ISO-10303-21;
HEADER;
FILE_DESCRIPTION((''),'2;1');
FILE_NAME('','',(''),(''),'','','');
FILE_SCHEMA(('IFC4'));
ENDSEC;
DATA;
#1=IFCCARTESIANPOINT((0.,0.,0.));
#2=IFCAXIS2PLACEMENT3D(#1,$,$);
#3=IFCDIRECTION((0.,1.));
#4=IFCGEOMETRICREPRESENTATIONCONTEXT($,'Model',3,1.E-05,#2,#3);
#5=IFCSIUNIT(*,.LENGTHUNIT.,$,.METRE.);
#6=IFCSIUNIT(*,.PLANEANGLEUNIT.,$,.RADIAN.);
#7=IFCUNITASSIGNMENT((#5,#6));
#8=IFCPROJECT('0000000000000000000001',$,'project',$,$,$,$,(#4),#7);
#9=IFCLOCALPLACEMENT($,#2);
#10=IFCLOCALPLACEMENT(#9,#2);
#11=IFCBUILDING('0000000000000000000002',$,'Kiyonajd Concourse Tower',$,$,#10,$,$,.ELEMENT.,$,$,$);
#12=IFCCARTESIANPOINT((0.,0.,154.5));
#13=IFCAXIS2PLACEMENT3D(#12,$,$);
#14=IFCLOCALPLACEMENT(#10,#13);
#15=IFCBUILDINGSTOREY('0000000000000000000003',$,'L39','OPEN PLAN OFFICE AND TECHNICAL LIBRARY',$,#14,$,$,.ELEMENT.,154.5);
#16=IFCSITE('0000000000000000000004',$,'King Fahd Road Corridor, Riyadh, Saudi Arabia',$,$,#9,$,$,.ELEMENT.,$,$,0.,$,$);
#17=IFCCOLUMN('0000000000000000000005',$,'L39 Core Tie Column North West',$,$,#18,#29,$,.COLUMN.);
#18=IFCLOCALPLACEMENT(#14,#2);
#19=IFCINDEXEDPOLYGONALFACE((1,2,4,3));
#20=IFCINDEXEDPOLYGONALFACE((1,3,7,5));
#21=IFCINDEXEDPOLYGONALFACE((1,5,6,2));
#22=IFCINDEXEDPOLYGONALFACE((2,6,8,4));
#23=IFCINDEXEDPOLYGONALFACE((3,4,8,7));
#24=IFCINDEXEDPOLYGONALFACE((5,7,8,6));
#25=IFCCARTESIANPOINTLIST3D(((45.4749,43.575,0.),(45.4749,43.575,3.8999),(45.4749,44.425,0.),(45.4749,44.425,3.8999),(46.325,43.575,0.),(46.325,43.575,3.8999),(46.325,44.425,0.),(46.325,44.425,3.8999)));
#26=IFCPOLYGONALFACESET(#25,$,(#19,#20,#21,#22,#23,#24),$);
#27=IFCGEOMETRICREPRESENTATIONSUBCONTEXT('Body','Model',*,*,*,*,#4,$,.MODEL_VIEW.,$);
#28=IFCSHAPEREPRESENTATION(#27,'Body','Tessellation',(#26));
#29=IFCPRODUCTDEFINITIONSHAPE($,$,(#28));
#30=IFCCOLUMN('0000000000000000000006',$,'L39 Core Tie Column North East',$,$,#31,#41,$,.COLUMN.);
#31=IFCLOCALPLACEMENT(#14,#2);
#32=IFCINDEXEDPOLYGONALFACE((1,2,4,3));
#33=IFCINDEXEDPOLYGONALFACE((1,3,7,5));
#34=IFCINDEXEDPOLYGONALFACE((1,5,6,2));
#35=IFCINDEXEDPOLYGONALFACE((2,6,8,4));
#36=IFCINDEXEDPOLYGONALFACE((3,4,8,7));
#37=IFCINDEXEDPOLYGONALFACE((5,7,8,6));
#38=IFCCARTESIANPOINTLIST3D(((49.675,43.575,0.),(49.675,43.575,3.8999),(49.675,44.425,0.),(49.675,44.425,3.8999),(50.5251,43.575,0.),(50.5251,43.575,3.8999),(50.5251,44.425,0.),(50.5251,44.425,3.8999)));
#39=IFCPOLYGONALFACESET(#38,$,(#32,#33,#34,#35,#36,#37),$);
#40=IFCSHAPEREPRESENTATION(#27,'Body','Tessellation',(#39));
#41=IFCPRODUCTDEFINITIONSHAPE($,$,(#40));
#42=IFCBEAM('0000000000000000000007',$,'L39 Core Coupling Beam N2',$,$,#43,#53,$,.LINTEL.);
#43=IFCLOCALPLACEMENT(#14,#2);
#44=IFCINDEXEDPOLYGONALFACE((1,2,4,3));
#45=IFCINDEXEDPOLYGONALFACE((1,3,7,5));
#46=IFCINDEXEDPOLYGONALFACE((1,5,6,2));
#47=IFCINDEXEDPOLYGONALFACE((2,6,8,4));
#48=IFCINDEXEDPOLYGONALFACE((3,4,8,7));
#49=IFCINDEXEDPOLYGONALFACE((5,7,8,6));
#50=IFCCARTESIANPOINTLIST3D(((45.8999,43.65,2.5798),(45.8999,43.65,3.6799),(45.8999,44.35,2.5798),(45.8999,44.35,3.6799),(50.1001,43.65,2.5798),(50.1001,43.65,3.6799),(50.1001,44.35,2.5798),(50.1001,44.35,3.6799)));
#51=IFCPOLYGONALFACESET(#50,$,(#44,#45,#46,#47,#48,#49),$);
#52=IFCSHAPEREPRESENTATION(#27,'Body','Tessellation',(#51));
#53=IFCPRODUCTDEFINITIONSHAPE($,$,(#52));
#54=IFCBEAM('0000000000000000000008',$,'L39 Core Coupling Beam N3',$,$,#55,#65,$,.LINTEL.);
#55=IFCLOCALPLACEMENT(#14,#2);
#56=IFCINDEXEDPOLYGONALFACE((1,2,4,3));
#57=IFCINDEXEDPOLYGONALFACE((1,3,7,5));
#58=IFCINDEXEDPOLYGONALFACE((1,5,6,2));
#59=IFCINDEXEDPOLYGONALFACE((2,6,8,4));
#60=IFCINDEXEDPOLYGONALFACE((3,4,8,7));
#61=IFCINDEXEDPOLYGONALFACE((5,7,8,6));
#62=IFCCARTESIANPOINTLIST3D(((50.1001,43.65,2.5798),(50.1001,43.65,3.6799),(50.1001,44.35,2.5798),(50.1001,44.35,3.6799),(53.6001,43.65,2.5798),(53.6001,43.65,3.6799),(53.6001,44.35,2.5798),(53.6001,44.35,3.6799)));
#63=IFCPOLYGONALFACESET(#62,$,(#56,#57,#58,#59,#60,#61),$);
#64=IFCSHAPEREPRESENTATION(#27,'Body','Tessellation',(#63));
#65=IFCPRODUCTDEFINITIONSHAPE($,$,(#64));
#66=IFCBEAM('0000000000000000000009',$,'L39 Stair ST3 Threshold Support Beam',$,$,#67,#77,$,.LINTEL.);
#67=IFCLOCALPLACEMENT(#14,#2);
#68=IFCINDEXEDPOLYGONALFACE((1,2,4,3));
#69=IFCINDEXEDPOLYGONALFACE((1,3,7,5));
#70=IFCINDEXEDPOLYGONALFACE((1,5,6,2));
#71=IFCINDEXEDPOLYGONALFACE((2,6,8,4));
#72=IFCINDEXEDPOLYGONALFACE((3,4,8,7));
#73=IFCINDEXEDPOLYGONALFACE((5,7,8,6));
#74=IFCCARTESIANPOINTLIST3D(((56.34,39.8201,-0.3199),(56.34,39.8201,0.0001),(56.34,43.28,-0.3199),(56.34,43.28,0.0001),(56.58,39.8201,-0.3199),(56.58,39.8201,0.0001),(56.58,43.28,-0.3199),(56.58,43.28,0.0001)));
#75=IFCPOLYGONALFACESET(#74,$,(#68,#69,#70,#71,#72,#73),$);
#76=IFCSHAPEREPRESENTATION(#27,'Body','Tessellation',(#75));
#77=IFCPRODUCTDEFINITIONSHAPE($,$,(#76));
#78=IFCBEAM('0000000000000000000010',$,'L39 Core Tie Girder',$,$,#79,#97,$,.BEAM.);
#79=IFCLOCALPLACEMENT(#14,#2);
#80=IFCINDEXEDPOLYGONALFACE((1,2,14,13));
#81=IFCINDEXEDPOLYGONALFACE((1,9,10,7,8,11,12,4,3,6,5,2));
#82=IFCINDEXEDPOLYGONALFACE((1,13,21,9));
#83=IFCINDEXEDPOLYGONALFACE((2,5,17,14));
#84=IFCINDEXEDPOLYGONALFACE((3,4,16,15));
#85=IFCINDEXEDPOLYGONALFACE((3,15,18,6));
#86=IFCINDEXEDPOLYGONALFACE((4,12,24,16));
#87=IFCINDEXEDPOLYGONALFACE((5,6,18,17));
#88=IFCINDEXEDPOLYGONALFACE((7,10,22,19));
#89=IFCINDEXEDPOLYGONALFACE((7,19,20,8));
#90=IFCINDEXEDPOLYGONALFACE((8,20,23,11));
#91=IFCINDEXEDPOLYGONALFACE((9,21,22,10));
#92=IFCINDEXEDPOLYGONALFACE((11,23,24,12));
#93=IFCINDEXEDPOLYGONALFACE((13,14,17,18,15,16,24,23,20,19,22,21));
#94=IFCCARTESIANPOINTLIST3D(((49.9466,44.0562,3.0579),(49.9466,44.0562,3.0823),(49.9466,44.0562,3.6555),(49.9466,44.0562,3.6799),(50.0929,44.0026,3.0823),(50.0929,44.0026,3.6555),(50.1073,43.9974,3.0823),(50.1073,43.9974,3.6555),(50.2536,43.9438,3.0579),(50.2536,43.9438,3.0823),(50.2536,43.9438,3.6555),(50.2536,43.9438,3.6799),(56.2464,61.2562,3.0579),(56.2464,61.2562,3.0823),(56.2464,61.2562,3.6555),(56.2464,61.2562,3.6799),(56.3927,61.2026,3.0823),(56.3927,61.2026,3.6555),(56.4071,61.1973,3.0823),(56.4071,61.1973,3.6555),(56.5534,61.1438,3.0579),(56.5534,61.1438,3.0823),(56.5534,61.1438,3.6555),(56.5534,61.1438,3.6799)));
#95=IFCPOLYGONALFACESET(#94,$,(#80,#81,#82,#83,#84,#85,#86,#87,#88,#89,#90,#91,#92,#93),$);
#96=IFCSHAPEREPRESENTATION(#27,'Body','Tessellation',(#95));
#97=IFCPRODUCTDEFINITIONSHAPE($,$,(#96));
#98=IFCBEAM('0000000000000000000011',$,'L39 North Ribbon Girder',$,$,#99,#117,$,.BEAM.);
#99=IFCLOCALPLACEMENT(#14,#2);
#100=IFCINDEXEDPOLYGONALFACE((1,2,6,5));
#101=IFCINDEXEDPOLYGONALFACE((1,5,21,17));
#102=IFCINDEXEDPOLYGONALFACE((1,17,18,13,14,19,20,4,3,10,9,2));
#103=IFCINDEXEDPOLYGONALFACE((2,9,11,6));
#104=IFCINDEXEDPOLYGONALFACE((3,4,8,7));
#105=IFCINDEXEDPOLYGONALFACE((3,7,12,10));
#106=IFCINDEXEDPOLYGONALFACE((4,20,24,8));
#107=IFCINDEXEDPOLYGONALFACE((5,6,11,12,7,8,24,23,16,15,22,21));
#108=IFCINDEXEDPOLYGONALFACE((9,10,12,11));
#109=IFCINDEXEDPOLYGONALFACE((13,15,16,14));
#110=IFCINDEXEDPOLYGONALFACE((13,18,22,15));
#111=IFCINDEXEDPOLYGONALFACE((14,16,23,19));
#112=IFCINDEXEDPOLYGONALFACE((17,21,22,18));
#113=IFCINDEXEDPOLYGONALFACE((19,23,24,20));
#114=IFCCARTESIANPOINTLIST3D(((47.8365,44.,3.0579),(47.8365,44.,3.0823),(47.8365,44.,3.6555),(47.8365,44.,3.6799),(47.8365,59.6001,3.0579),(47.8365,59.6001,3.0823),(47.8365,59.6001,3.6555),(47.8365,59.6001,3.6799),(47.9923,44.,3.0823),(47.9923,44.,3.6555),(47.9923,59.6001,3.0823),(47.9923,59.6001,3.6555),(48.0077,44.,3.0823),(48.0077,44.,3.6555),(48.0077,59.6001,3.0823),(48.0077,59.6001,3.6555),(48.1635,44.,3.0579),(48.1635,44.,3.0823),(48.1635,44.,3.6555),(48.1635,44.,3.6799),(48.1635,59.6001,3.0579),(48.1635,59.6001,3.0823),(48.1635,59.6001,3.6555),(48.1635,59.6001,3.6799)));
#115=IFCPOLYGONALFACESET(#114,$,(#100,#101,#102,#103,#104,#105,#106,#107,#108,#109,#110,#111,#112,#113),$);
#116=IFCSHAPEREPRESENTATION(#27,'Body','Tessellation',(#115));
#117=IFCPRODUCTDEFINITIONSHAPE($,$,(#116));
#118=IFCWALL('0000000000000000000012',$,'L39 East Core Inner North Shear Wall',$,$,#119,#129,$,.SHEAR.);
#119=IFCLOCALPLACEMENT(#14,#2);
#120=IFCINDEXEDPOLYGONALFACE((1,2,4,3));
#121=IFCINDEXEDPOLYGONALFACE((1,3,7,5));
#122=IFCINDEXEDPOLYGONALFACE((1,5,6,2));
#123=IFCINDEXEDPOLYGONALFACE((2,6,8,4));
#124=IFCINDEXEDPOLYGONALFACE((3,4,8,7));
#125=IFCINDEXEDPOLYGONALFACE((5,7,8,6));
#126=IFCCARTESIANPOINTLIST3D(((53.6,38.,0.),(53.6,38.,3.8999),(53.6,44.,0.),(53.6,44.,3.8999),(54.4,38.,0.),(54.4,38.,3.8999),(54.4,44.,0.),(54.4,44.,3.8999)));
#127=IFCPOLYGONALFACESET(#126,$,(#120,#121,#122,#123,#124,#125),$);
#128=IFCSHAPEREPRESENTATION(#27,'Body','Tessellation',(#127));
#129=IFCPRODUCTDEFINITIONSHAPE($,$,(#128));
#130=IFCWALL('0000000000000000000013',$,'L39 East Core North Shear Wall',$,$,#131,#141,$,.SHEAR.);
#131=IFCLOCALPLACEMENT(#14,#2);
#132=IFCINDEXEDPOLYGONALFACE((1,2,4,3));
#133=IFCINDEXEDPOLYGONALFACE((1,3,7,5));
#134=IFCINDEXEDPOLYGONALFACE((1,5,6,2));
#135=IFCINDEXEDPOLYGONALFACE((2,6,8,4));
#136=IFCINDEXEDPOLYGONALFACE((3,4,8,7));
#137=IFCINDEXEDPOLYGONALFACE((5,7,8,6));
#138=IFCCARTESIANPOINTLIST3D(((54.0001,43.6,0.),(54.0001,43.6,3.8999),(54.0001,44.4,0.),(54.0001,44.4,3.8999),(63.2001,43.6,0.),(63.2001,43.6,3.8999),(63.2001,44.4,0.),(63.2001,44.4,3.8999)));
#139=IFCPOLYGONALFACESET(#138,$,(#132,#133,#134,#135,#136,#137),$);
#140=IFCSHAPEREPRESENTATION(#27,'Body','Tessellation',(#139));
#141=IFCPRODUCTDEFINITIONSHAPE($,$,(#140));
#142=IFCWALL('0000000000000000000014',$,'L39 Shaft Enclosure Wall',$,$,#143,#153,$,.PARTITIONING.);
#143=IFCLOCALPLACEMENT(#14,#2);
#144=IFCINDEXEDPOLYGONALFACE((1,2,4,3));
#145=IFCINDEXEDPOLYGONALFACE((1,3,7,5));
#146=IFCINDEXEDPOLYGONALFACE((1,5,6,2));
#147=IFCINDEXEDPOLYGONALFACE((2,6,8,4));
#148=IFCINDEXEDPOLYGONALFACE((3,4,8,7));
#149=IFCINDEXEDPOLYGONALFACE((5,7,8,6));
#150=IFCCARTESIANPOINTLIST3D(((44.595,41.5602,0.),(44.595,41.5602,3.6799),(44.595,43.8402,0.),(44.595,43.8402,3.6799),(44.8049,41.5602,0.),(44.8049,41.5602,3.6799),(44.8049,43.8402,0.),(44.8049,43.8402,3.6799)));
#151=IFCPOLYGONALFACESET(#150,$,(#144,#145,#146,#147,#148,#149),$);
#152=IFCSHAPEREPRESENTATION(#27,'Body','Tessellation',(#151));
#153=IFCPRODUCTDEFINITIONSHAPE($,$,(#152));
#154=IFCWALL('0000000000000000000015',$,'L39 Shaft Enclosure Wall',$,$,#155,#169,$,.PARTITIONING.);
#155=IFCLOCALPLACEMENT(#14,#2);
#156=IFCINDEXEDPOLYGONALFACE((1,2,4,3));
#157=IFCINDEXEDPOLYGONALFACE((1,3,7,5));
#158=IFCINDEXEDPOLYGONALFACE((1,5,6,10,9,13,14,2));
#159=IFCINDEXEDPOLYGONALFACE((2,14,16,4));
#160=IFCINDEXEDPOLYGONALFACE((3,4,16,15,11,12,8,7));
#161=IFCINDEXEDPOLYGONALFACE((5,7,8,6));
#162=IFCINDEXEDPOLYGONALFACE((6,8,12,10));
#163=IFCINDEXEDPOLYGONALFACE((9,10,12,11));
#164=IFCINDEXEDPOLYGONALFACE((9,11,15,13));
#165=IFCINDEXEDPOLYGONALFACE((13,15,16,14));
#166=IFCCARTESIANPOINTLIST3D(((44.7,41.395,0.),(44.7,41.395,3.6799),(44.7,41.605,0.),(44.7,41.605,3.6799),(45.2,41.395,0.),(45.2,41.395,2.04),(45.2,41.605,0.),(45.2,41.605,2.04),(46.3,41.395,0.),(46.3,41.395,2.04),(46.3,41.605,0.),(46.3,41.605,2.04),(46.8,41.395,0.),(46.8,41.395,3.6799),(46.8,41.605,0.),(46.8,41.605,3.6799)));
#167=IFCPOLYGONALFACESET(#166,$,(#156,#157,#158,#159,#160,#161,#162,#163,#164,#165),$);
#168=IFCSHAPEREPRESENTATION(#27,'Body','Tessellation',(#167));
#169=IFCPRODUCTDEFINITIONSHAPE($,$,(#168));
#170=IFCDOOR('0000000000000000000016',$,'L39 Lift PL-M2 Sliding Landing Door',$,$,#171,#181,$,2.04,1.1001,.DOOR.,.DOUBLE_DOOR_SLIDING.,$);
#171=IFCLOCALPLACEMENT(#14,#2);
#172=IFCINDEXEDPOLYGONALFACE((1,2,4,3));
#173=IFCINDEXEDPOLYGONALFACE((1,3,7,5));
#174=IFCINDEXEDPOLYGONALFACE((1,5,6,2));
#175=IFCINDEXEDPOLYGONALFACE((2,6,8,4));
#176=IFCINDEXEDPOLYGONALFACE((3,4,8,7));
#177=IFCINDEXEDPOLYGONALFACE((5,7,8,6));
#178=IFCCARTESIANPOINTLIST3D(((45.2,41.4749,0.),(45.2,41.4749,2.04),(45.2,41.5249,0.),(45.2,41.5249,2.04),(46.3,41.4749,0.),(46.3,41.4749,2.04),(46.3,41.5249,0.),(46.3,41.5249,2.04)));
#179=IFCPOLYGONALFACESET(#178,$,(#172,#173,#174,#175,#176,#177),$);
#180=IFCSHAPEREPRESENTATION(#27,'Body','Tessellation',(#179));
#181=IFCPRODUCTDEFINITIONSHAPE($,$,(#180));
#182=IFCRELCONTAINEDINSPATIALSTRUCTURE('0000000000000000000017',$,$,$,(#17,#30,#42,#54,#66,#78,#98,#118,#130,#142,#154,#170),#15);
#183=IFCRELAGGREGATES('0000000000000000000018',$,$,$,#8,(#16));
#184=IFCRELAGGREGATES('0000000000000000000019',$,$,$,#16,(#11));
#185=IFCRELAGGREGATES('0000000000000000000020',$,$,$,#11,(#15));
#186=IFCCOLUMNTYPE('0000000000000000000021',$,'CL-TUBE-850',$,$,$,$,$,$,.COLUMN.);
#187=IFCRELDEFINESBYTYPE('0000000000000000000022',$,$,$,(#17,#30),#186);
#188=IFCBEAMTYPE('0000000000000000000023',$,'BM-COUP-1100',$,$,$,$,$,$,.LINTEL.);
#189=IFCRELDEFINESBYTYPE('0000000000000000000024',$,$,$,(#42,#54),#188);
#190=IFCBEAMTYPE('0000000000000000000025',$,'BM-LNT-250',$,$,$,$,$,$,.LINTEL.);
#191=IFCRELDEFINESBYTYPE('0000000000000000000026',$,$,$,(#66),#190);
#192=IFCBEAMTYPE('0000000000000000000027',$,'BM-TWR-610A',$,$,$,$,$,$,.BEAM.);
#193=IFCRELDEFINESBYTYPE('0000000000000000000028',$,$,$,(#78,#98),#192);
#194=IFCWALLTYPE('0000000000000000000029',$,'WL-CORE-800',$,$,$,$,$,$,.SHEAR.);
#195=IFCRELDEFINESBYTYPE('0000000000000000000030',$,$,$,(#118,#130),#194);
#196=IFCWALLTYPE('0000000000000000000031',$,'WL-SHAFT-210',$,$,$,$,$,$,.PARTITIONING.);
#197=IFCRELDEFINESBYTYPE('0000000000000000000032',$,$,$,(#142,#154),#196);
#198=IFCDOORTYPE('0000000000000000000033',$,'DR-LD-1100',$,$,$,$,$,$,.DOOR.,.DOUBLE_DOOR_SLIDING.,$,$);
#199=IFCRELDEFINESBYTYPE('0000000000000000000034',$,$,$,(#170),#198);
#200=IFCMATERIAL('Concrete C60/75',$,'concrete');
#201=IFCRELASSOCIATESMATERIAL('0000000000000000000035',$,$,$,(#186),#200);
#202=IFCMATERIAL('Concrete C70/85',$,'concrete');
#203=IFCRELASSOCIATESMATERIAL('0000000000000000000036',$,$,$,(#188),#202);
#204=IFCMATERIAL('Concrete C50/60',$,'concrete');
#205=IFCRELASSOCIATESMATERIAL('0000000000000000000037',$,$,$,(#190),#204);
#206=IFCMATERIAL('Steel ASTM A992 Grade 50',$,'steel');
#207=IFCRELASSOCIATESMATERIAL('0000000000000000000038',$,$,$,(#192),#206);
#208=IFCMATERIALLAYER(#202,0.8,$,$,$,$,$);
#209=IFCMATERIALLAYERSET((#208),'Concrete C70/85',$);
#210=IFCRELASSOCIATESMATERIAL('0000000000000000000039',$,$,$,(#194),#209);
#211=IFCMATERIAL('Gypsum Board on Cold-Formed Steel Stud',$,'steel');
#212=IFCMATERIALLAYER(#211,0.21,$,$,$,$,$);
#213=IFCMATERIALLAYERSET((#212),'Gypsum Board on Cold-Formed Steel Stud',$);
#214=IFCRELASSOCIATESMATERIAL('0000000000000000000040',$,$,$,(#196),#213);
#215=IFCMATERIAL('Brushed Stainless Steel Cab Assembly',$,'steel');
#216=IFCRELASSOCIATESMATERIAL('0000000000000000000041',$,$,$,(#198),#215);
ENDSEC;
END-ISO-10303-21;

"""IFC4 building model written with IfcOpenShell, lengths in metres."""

from ifc_helpers import new_model, si_unit, direction, frame, frame_2d, origin, origin_2d, place, context, subcontext, project, spatial, rectangle, i_section, extrude, material, layer, layer_set, material_profile, profile_set, type_object, element, fill, save


model = new_model("IFC4")

# Units and contexts
model_context = context("Model", 3, precision=1e-05, world=origin(), true_north=direction((0.0, 1.0)))
body_context = subcontext(model_context, "Body", "Model", "MODEL_VIEW")
ifc_project = project(units=[si_unit("LENGTHUNIT", "METRE"), si_unit("PLANEANGLEUNIT", "RADIAN")], contexts=[model_context])

# Site, building, storey
site_placement = place(None, origin())
site = spatial("IfcSite", under=ifc_project, at=site_placement, Name="King Fahd Road Corridor, Riyadh, Saudi Arabia", CompositionType="ELEMENT", RefElevation=0.0)
building_placement = place(site_placement, origin())
building = spatial("IfcBuilding", under=site, at=building_placement, Name="Kiyonajd Concourse Tower", CompositionType="ELEMENT")
storey_placement = place(building_placement, frame((0.0, 0.0, 154.5)))
storey = spatial("IfcBuildingStorey", under=building, at=storey_placement, Name="L39", Description="OPEN PLAN OFFICE AND TECHNICAL LIBRARY", CompositionType="ELEMENT", Elevation=154.5)

# Columns
ifc_material_1 = material(Name="Concrete C60/75", Category="concrete")
ifc_material_profile_1 = material_profile(ifc_material_1, rectangle(XDim=0.8501, YDim=0.8501, at=origin_2d()), Name="RC-850x850")
ifc_profile_set_1 = profile_set([ifc_material_profile_1], Name="Concrete C60/75")
column_type = type_object("IfcColumnType", Name="CL-TUBE-850", PredefinedType="COLUMN", material=ifc_profile_set_1)
for number, where, z_axis, x_axis, name in (
    (1, (45.8999, 44.0, 0.0), (0.0, 0.0, 1.0), (1.0, 0.0, 0.0), "L39 Core Tie Column North West"),
    (2, (50.1001, 44.0, 0.0), (0.0, 0.0, 1.0), (1.0, 0.0, 0.0), "L39 Core Tie Column North East"),
):
    element("IfcColumn", number, at=place(storey_placement, frame(where, z_axis=z_axis, x_axis=x_axis)), inside=storey, type_object=column_type, Name=name, PredefinedType="COLUMN", context=body_context, shape_type="SweptSolid", body=[
        extrude(rectangle(XDim=0.8501, YDim=0.8501, at=origin_2d()), origin(), (0.0, 0.0, 1.0), 3.8999),
    ])

# Beams
ifc_material_2 = material(Name="Concrete C70/85", Category="concrete")
ifc_material_profile_2 = material_profile(ifc_material_2, rectangle(XDim=0.7, YDim=1.1001, at=origin_2d()), Name="RCBM-700x1100")
ifc_profile_set_2 = profile_set([ifc_material_profile_2], Name="Concrete C70/85")
beam_type_1 = type_object("IfcBeamType", Name="BM-COUP-1100", PredefinedType="LINTEL", material=ifc_profile_set_2)
beam_1_placement = place(storey_placement, frame((45.8999, 44.0, 3.1299), z_axis=(1.0, 0.0, 0.0), x_axis=(0.0, 1.0, 0.0)))
element("IfcBeam", 3, at=beam_1_placement, inside=storey, type_object=beam_type_1, Name="L39 Core Coupling Beam N2", PredefinedType="LINTEL", context=body_context, shape_type="SweptSolid", body=[
    extrude(rectangle(XDim=0.7, YDim=1.1001, at=origin_2d()), origin(), (0.0, 0.0, 1.0), 4.2002),
])
beam_2_placement = place(storey_placement, frame((50.1001, 44.0, 3.1299), z_axis=(1.0, 0.0, 0.0), x_axis=(0.0, 1.0, 0.0)))
element("IfcBeam", 4, at=beam_2_placement, inside=storey, type_object=beam_type_1, Name="L39 Core Coupling Beam N3", PredefinedType="LINTEL", context=body_context, shape_type="SweptSolid", body=[
    extrude(rectangle(XDim=0.7, YDim=1.1001, at=origin_2d()), origin(), (0.0, 0.0, 1.0), 3.5),
])
ifc_material_3 = material(Name="Concrete C50/60", Category="concrete")
ifc_material_profile_3 = material_profile(ifc_material_3, rectangle(XDim=0.24, YDim=0.3201, at=origin_2d()), Name="RCBM-240x320")
ifc_profile_set_3 = profile_set([ifc_material_profile_3], Name="Concrete C50/60")
beam_type_2 = type_object("IfcBeamType", Name="BM-LNT-250", PredefinedType="LINTEL", material=ifc_profile_set_3)
beam_3_placement = place(storey_placement, frame((56.46, 39.8201, -0.1599), z_axis=(0.0, 1.0, 0.0), x_axis=(-1.0, 0.0, 0.0)))
element("IfcBeam", 5, at=beam_3_placement, inside=storey, type_object=beam_type_2, Name="L39 Stair ST3 Threshold Support Beam", PredefinedType="LINTEL", context=body_context, shape_type="SweptSolid", body=[
    extrude(rectangle(XDim=0.24, YDim=0.3201, at=origin_2d()), origin(), (0.0, 0.0, 1.0), 3.46),
])
ifc_material_4 = material(Name="Steel ASTM A992 Grade 50", Category="steel")
ifc_material_profile_4 = material_profile(ifc_material_4, i_section(OverallWidth=0.3269, OverallDepth=0.6221, WebThickness=0.0154, FlangeThickness=0.0244, at=origin_2d()), Name="W610X195")
ifc_profile_set_4 = profile_set([ifc_material_profile_4], Name="Steel ASTM A992 Grade 50")
beam_type_3 = type_object("IfcBeamType", Name="BM-TWR-610A", PredefinedType="BEAM", material=ifc_profile_set_4)
beam_4_placement = place(storey_placement, frame((50.1001, 44.0, 3.3689), z_axis=(0.343925, 0.938997, 0.0), x_axis=(-0.938997, 0.343925, 0.0)))
element("IfcBeam", 6, at=beam_4_placement, inside=storey, type_object=beam_type_3, Name="L39 Core Tie Girder", PredefinedType="BEAM", context=body_context, shape_type="SweptSolid", body=[
    extrude(i_section(OverallWidth=0.3269, OverallDepth=0.6221, WebThickness=0.0154, FlangeThickness=0.0244, at=origin_2d()), origin(), (0.0, 0.0, 1.0), 18.3174),
])
beam_5_placement = place(storey_placement, frame((48.0, 44.0, 3.3689), z_axis=(0.0, 1.0, 0.0), x_axis=(-1.0, 0.0, 0.0)))
element("IfcBeam", 7, at=beam_5_placement, inside=storey, type_object=beam_type_3, Name="L39 North Ribbon Girder", PredefinedType="BEAM", context=body_context, shape_type="SweptSolid", body=[
    extrude(i_section(OverallWidth=0.3269, OverallDepth=0.6221, WebThickness=0.0154, FlangeThickness=0.0244, at=origin_2d()), origin(), (0.0, 0.0, 1.0), 15.6001),
])

# Walls
ifc_layer_1 = layer(ifc_material_2, 0.8)
ifc_layer_set_1 = layer_set([ifc_layer_1], Name="Concrete C70/85")
wall_type_1 = type_object("IfcWallType", Name="WL-CORE-800", PredefinedType="SHEAR", material=ifc_layer_set_1)
wall_1_placement = place(storey_placement, frame((54.0, 38.0, 0.0), z_axis=(0.0, 0.0, 1.0), x_axis=(0.0, 1.0, 0.0)))
element("IfcWall", 8, at=wall_1_placement, inside=storey, type_object=wall_type_1, Name="L39 East Core Inner North Shear Wall", PredefinedType="SHEAR", context=body_context, shape_type="SweptSolid", body=[
    extrude(rectangle(XDim=6.0, YDim=0.8, at=frame_2d((3.0, 0.0))), origin(), (0.0, 0.0, 1.0), 3.8999),
])
wall_2_placement = place(storey_placement, frame((54.0, 44.0, 0.0), z_axis=(0.0, 0.0, 1.0), x_axis=(1.0, 0.0, 0.0)))
element("IfcWall", 9, at=wall_2_placement, inside=storey, type_object=wall_type_1, Name="L39 East Core North Shear Wall", PredefinedType="SHEAR", context=body_context, shape_type="SweptSolid", body=[
    extrude(rectangle(XDim=9.2, YDim=0.8, at=frame_2d((4.6001, 0.0))), origin(), (0.0, 0.0, 1.0), 3.8999),
])
ifc_material_5 = material(Name="Gypsum Board on Cold-Formed Steel Stud", Category="steel")
ifc_layer_2 = layer(ifc_material_5, 0.21)
ifc_layer_set_2 = layer_set([ifc_layer_2], Name="Gypsum Board on Cold-Formed Steel Stud")
wall_type_2 = type_object("IfcWallType", Name="WL-SHAFT-210", PredefinedType="PARTITIONING", material=ifc_layer_set_2)
wall_3_placement = place(storey_placement, frame((44.7, 41.5601, 0.0), z_axis=(0.0, 0.0, 1.0), x_axis=(0.0, 1.0, 0.0)))
element("IfcWall", 10, at=wall_3_placement, inside=storey, type_object=wall_type_2, Name="L39 Shaft Enclosure Wall", PredefinedType="PARTITIONING", context=body_context, shape_type="SweptSolid", body=[
    extrude(rectangle(XDim=2.28, YDim=0.21, at=frame_2d((1.1401, 0.0))), origin(), (0.0, 0.0, 1.0), 3.6799),
])

# Wall, opening, door
wall_4_placement = place(storey_placement, frame((44.7, 41.5, 0.0), z_axis=(0.0, 0.0, 1.0), x_axis=(1.0, 0.0, 0.0)))
wall_4 = element("IfcWall", 11, at=wall_4_placement, inside=storey, type_object=wall_type_2, Name="L39 Shaft Enclosure Wall", PredefinedType="PARTITIONING", context=body_context, shape_type="SweptSolid", body=[
    extrude(rectangle(XDim=2.1001, YDim=0.21, at=frame_2d((1.05, 0.0))), origin(), (0.0, 0.0, 1.0), 3.6799),
])
opening_1_placement = place(wall_4_placement, frame((0.5, 0.0, 0.0)))
opening_1 = element("IfcOpeningElement", 12, at=opening_1_placement, cuts=wall_4, PredefinedType="OPENING", context=body_context, shape_type="SweptSolid", body=[
    extrude(rectangle(XDim=1.1001, YDim=2.04, at=frame_2d((0.55, 1.02))), frame((0.0, 0.115, 0.0), z_axis=(0.0, -1.0, 0.0), x_axis=(1.0, 0.0, 0.0)), (0.0, 0.0, 1.0), 0.23),
])
ifc_material_6 = material(Name="Brushed Stainless Steel Cab Assembly", Category="steel")
door_type_1 = type_object("IfcDoorType", Name="DR-LD-1100", OperationType="DOUBLE_DOOR_SLIDING", PredefinedType="DOOR", material=ifc_material_6)
door_1_placement = place(opening_1_placement, origin())
door_1 = element("IfcDoor", 13, at=door_1_placement, inside=storey, type_object=door_type_1, Name="L39 Lift PL-M2 Sliding Landing Door", OperationType="DOUBLE_DOOR_SLIDING", OverallHeight=2.04, OverallWidth=1.1001, PredefinedType="DOOR", context=body_context, shape_type="SweptSolid", body=[
    extrude(rectangle(XDim=1.1001, YDim=2.04, at=frame_2d((0.55, 1.02))), frame((0.0, 0.0249, 0.0), z_axis=(0.0, -1.0, 0.0), x_axis=(1.0, 0.0, 0.0)), (0.0, 0.0, 1.0), 0.05),
])
fill(opening_1, door_1)

save(model, "model.ifc")
